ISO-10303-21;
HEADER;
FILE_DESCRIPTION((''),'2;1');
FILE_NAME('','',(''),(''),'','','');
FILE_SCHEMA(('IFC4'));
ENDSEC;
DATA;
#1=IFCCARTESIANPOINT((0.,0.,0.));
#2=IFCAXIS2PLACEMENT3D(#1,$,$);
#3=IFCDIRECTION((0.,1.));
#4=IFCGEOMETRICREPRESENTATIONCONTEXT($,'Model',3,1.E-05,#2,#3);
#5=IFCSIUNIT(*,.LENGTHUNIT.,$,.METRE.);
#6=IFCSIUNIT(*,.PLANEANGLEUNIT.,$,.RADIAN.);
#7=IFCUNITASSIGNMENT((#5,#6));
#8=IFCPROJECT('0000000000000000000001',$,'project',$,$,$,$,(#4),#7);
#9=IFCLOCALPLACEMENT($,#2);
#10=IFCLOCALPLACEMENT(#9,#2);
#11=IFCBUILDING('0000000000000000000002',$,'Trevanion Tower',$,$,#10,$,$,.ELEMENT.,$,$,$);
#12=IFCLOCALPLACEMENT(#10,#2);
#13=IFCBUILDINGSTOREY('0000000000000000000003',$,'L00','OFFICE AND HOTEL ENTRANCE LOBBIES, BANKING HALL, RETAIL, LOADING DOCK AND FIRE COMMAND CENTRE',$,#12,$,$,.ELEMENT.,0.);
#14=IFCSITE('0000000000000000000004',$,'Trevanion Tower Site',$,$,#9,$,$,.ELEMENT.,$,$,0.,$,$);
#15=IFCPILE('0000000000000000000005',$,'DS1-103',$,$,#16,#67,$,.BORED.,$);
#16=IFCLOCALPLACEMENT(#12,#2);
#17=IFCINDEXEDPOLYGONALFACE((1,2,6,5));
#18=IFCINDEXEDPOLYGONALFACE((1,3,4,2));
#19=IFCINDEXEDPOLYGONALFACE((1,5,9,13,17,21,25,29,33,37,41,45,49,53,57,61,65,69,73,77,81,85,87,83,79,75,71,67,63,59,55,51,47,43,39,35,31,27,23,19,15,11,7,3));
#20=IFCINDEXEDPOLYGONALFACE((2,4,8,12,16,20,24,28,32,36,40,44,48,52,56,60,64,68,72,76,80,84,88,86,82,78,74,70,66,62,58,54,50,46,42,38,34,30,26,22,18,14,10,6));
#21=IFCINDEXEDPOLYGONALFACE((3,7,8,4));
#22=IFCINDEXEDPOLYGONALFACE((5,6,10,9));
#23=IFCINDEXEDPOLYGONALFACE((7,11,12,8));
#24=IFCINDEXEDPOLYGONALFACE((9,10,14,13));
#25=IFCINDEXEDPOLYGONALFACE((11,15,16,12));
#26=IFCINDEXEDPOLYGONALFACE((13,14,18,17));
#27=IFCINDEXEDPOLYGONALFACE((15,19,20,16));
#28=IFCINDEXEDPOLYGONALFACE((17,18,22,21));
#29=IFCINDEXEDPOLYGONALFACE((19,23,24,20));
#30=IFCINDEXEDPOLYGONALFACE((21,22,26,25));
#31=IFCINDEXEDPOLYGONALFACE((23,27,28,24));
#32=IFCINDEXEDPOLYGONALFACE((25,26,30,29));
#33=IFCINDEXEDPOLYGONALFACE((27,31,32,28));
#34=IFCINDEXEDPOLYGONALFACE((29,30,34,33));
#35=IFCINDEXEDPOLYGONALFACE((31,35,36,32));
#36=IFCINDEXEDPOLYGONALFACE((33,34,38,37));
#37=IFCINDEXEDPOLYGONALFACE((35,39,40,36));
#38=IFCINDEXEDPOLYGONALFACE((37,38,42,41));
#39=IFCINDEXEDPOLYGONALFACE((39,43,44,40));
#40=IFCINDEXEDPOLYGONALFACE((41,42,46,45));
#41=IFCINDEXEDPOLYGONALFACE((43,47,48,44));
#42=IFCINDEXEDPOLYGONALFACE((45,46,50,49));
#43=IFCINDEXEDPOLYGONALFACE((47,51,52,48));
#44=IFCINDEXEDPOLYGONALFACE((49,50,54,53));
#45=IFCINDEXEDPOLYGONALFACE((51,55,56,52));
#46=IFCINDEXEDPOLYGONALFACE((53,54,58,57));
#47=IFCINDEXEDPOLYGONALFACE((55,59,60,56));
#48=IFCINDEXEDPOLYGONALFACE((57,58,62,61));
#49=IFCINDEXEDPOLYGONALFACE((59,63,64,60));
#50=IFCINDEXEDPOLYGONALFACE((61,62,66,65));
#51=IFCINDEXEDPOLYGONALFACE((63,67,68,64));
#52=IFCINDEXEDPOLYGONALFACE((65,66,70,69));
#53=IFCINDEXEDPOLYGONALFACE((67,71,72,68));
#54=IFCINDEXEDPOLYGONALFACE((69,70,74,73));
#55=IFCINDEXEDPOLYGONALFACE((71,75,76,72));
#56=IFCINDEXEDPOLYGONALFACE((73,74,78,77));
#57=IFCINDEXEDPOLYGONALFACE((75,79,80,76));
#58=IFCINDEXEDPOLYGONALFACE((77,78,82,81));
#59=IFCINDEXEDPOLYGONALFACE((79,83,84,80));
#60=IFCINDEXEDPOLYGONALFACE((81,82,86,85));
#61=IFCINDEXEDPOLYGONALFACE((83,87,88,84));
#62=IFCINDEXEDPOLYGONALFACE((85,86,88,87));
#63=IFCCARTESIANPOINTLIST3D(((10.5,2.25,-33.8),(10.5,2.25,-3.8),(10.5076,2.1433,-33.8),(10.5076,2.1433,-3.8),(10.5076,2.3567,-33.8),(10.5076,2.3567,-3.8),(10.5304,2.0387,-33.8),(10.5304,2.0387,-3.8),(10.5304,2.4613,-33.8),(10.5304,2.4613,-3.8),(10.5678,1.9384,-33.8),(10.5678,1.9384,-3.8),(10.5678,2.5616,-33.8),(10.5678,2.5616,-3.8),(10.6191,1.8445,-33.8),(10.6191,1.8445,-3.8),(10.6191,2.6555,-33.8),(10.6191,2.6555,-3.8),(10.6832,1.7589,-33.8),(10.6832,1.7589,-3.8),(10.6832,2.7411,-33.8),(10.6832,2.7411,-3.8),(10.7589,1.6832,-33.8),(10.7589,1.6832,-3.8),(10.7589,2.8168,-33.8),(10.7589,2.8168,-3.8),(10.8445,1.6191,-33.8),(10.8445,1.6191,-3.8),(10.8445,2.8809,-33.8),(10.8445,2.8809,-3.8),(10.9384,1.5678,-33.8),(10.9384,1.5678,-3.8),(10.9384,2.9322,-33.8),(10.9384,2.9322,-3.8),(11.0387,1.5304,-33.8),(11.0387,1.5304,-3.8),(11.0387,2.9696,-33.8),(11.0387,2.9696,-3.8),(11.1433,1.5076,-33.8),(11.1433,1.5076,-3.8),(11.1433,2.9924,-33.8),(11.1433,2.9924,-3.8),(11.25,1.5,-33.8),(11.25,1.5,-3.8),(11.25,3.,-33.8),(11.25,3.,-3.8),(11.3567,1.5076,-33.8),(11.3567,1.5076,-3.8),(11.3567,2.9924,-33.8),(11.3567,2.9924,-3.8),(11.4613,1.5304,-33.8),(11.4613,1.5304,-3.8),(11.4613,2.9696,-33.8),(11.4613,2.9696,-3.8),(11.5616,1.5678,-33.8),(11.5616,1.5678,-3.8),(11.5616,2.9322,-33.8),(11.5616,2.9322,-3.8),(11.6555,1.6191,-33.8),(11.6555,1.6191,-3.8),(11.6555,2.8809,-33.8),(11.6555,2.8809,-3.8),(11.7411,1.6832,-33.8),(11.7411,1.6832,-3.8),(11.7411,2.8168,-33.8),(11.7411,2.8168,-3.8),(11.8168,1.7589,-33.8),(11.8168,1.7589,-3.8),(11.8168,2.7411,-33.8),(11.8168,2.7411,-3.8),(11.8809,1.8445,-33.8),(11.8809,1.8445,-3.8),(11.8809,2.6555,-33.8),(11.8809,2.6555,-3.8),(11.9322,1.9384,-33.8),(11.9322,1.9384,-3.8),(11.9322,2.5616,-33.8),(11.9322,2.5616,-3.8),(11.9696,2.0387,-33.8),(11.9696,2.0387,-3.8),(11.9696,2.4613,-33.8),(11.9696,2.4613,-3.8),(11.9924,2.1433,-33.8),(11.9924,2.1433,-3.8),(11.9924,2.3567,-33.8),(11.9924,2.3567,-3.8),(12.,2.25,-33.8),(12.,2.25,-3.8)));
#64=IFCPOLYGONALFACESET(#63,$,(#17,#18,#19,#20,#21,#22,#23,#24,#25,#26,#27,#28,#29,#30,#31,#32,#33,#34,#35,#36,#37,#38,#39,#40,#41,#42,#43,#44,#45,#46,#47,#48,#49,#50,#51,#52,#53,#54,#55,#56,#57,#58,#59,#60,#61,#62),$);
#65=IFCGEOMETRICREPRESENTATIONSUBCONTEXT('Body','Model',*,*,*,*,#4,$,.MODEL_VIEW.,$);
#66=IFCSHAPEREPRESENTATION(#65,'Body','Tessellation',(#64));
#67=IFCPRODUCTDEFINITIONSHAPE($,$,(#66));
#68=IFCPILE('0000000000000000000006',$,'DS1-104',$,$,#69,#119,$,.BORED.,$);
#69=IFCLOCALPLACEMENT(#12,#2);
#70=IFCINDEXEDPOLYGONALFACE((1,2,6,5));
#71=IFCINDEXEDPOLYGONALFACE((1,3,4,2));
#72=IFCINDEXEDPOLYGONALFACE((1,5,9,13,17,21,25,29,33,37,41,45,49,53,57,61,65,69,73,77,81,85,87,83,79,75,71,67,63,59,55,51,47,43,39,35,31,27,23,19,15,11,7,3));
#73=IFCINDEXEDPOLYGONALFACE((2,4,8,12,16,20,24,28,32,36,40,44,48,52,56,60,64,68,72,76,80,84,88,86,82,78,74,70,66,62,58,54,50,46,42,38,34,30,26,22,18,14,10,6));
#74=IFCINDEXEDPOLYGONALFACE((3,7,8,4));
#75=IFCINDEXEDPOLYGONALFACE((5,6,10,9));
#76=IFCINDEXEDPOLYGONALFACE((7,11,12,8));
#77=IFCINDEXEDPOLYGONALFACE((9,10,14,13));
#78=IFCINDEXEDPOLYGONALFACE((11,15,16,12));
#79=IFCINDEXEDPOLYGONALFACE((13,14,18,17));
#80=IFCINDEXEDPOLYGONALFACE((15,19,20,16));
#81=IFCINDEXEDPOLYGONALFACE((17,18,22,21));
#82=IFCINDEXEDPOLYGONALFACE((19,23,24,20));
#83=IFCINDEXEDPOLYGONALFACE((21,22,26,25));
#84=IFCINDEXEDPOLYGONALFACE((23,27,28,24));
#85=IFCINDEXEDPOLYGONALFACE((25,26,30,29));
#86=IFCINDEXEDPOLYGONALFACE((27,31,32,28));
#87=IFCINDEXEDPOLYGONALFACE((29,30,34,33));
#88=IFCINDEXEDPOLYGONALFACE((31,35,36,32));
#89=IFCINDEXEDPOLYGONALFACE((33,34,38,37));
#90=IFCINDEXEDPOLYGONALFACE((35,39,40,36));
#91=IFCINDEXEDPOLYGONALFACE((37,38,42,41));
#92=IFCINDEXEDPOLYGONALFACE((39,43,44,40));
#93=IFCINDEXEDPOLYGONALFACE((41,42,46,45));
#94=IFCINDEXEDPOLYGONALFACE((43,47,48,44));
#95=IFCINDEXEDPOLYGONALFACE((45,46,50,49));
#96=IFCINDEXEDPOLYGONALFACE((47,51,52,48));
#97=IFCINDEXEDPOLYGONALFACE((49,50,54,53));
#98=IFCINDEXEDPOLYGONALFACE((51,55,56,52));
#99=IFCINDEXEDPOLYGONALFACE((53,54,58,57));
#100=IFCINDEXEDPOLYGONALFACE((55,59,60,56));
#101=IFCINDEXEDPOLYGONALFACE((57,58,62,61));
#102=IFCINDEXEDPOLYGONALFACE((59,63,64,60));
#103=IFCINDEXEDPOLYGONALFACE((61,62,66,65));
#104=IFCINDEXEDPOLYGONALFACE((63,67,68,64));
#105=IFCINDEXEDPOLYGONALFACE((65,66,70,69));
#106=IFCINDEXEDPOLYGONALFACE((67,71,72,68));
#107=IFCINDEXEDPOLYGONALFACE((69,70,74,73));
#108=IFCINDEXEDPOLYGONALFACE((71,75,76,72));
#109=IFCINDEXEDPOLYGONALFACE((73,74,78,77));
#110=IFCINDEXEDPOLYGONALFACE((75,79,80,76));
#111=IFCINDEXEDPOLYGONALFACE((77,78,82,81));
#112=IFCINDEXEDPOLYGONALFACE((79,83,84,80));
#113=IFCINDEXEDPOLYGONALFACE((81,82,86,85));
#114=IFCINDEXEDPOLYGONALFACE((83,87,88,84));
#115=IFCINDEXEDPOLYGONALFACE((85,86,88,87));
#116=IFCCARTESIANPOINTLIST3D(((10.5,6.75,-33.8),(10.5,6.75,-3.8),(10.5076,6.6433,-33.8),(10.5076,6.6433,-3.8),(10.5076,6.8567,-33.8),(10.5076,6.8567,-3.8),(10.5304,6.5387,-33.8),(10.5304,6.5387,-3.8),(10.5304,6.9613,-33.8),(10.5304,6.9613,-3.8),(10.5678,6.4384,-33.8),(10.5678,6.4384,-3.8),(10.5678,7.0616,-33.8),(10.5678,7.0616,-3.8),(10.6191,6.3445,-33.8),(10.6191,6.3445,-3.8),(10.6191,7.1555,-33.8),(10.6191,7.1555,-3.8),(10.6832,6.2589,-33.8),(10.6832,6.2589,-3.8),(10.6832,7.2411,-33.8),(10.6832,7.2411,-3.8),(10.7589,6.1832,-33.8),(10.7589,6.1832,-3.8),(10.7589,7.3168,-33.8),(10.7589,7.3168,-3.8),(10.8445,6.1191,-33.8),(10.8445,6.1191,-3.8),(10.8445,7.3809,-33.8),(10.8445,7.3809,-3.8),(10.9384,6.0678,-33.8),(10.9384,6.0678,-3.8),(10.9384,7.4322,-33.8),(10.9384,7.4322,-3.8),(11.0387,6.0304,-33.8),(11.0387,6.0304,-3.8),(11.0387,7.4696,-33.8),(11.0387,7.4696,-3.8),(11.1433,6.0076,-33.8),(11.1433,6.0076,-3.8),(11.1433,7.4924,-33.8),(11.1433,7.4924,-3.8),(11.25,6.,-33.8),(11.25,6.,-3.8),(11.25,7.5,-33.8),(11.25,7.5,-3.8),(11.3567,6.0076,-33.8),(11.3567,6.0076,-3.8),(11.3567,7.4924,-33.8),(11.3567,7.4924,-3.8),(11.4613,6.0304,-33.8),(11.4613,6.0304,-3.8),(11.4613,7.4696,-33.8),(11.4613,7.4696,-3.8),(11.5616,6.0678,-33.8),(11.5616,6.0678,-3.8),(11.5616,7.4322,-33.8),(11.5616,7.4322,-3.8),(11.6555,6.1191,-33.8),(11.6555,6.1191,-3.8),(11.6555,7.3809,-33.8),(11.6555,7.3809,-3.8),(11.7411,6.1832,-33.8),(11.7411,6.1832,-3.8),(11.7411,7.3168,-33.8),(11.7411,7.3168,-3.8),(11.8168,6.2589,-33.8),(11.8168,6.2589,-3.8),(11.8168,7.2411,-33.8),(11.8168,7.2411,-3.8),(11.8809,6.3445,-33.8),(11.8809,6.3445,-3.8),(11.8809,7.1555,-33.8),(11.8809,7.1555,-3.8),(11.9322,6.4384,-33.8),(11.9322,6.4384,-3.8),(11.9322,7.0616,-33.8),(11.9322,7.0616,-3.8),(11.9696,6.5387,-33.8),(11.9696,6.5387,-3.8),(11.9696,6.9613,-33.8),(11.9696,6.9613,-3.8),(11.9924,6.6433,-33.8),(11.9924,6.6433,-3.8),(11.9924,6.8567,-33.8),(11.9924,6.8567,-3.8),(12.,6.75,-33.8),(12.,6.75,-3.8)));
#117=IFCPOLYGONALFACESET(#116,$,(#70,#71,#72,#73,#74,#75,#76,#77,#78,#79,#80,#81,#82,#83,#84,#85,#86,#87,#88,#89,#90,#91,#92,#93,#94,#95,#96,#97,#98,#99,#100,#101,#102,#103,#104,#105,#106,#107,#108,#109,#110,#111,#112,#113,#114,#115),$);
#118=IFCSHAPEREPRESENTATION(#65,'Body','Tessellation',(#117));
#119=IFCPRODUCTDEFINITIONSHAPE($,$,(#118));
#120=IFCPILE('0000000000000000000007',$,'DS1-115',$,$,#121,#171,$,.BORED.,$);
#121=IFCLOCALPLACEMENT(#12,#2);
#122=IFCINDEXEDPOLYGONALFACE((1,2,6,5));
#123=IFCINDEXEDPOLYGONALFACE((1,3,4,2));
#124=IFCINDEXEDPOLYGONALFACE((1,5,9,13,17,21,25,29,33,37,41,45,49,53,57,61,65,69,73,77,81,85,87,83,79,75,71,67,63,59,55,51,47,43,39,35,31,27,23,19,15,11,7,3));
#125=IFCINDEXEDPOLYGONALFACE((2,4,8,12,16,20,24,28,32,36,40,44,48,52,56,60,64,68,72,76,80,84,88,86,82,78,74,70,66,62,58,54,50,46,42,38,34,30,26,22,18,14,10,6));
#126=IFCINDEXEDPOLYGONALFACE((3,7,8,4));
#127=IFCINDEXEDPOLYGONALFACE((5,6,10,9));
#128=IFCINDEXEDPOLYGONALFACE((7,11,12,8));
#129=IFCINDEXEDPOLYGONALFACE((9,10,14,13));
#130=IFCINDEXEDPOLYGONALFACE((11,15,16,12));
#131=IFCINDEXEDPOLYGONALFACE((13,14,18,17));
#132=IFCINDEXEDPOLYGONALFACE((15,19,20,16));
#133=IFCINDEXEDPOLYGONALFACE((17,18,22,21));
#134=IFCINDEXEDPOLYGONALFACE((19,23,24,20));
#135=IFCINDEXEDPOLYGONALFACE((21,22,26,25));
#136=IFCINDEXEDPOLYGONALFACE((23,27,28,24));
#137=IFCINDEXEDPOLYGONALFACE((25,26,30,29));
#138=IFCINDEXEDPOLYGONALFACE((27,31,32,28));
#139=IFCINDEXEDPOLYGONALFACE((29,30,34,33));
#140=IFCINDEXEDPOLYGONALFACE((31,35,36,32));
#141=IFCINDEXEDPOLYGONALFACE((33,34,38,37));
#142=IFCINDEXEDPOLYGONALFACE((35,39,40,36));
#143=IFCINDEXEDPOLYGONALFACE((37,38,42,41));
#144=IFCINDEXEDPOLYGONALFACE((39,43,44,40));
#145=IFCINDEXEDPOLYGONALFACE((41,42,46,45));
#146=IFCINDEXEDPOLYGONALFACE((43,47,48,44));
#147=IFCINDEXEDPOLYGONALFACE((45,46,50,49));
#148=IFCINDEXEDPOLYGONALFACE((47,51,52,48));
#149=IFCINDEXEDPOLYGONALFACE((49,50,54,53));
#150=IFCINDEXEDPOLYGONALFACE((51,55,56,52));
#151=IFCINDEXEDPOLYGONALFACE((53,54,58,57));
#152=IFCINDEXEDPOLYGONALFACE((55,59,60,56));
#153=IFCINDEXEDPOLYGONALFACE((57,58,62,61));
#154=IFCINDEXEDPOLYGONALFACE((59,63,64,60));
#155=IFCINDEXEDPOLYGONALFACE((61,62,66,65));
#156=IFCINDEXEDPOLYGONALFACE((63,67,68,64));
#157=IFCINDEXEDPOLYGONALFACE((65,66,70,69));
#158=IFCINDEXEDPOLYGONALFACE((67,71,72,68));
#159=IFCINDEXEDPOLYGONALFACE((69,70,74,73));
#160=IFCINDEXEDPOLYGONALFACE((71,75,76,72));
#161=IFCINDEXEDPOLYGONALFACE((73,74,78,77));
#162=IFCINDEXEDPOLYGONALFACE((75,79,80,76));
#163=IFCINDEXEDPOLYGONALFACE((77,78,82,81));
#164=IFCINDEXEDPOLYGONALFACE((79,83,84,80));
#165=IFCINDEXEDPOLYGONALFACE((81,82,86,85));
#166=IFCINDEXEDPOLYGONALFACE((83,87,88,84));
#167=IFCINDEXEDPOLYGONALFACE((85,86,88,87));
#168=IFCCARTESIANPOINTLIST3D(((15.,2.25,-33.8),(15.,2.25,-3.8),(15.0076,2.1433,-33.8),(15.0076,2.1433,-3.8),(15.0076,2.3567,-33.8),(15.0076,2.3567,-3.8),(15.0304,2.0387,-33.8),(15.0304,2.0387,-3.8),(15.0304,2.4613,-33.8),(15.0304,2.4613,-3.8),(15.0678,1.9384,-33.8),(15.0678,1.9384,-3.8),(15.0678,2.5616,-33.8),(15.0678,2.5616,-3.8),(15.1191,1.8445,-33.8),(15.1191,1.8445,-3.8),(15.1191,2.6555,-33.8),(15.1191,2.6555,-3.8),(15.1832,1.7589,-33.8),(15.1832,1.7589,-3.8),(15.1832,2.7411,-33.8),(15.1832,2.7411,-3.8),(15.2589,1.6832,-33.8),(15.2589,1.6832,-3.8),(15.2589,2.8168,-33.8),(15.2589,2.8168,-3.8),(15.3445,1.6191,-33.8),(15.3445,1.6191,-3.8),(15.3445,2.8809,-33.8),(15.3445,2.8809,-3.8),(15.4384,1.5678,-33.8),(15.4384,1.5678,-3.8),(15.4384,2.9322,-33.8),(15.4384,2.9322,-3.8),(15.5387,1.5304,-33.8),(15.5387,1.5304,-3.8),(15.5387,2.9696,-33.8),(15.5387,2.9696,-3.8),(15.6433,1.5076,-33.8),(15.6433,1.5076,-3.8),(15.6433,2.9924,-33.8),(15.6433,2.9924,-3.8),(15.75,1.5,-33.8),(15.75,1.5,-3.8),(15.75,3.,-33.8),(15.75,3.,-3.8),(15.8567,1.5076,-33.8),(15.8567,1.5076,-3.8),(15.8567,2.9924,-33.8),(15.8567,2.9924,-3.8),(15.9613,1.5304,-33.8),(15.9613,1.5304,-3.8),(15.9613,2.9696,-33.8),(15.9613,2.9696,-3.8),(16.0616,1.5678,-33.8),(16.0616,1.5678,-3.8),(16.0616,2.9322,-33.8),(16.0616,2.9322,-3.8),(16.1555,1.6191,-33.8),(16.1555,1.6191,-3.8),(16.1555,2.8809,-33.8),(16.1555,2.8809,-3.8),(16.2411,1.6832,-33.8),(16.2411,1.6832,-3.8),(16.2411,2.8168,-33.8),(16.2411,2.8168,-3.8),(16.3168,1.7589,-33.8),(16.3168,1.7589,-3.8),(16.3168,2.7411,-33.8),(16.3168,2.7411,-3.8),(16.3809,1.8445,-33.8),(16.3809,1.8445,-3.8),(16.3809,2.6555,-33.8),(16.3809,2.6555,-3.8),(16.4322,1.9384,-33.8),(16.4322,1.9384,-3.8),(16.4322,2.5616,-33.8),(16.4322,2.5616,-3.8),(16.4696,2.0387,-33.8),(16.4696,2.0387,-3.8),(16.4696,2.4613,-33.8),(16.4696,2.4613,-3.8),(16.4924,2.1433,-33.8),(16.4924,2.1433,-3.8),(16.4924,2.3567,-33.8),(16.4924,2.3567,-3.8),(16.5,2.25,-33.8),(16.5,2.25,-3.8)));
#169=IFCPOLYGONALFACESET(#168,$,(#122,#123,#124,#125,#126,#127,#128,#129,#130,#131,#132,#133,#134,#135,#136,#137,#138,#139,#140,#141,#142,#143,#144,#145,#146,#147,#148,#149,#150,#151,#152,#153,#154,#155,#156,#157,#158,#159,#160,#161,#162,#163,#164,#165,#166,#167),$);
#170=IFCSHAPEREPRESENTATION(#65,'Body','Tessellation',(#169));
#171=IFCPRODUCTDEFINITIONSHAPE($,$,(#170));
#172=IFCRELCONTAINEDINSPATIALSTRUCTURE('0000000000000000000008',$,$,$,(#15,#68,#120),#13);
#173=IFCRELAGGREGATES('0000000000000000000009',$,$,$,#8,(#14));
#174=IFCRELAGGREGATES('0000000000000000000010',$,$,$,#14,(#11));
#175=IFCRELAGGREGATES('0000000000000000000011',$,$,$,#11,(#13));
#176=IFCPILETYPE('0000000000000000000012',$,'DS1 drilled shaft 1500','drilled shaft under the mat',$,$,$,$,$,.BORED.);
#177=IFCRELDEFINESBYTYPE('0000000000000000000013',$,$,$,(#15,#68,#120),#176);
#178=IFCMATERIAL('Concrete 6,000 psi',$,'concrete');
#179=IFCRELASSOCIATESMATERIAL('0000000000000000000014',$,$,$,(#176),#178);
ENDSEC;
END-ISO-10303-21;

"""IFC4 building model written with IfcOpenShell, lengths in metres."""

from ifc_helpers import new_model, si_unit, direction, frame, origin, origin_2d, place, context, subcontext, project, spatial, circle, extrude, material, material_profile, profile_set, type_object, element, save


model = new_model("IFC4")

# Units and contexts
model_context = context("Model", 3, precision=1e-05, world=origin(), true_north=direction((0.0, 1.0)))
body_context = subcontext(model_context, "Body", "Model", "MODEL_VIEW")
ifc_project = project(units=[si_unit("LENGTHUNIT", "METRE"), si_unit("PLANEANGLEUNIT", "RADIAN")], contexts=[model_context])

# Site, building, storey
site_placement = place(None, origin())
site = spatial("IfcSite", under=ifc_project, at=site_placement, Name="Trevanion Tower Site", CompositionType="ELEMENT", RefElevation=0.0)
building_placement = place(site_placement, origin())
building = spatial("IfcBuilding", under=site, at=building_placement, Name="Trevanion Tower", CompositionType="ELEMENT")
storey_placement = place(building_placement, origin())
storey = spatial("IfcBuildingStorey", under=building, at=storey_placement, Name="L00", Description="OFFICE AND HOTEL ENTRANCE LOBBIES, BANKING HALL, RETAIL, LOADING DOCK AND FIRE COMMAND CENTRE", CompositionType="ELEMENT", Elevation=0.0)

# Piles
ifc_material_1 = material(Name="Concrete 6,000 psi", Category="concrete")
ifc_material_profile = material_profile(ifc_material_1, circle(Radius=0.75, at=origin_2d()), Name="DS1 drilled shaft 1500")
ifc_profile_set = profile_set([ifc_material_profile], Name="Concrete 6,000 psi")
pile_type = type_object("IfcPileType", Name="DS1 drilled shaft 1500", Description="drilled shaft under the mat", PredefinedType="BORED", material=ifc_profile_set)
for number, where, z_axis, x_axis, name in (
    (1, (11.25, 2.25, -3.8), (0.0, 0.0, -1.0), (1.0, 0.0, 0.0), "DS1-103"),
    (2, (11.25, 6.75, -3.8), (0.0, 0.0, -1.0), (1.0, 0.0, 0.0), "DS1-104"),
    (3, (15.75, 2.25, -3.8), (0.0, 0.0, -1.0), (1.0, 0.0, 0.0), "DS1-115"),
):
    element("IfcPile", number, at=place(storey_placement, frame(where, z_axis=z_axis, x_axis=x_axis)), inside=storey, type_object=pile_type, Name=name, PredefinedType="BORED", context=body_context, shape_type="SweptSolid", body=[
        extrude(circle(Radius=0.75, at=origin_2d()), origin(), (0.0, 0.0, 1.0), 30.0),
    ])

save(model, "model.ifc")
